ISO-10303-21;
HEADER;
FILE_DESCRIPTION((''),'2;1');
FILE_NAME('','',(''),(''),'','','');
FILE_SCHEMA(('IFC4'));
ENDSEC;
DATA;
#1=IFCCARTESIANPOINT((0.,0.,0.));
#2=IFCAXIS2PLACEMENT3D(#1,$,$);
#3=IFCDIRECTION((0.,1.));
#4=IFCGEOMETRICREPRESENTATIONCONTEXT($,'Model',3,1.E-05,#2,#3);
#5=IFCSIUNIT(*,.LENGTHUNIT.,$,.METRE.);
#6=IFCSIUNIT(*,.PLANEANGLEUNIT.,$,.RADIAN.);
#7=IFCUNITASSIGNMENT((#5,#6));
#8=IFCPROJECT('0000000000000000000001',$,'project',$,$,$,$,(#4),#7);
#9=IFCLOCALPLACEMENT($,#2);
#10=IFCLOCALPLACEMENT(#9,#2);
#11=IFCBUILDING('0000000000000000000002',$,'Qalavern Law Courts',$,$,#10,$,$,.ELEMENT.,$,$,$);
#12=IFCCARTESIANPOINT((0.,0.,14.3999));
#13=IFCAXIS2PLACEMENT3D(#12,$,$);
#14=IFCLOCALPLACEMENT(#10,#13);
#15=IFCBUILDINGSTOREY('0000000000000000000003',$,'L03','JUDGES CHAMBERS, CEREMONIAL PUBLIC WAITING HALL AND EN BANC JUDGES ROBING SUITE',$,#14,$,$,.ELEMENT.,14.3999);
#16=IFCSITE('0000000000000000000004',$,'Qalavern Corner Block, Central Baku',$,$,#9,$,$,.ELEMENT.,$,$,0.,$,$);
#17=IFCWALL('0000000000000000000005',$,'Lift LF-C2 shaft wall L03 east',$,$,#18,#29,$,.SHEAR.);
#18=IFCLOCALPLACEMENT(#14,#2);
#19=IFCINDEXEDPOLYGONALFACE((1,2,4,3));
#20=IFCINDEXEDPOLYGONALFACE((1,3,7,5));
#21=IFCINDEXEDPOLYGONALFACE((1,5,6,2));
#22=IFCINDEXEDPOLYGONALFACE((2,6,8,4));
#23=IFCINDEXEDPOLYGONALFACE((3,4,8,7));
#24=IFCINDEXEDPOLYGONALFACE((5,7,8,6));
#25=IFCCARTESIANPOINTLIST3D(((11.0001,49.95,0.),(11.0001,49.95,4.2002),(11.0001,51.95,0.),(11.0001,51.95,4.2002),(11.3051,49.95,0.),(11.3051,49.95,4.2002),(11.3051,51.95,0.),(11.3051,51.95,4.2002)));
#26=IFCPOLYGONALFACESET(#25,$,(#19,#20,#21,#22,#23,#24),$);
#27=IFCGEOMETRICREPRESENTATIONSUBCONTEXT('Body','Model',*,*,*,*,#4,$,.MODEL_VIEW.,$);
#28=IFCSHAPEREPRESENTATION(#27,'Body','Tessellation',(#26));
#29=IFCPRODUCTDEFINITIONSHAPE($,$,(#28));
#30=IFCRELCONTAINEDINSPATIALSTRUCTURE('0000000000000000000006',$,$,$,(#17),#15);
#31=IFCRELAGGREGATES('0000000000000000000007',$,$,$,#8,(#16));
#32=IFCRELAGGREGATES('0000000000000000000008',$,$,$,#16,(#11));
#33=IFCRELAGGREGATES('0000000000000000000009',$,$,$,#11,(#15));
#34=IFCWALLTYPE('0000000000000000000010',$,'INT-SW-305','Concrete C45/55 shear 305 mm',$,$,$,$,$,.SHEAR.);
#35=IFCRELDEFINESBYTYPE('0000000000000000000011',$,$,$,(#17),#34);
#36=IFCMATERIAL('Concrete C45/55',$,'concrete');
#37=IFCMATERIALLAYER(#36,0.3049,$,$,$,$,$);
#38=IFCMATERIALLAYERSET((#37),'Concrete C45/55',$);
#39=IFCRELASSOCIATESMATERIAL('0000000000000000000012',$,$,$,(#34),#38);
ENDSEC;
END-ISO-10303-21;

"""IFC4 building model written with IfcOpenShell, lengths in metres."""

from ifc_helpers import new_model, si_unit, direction, frame, frame_2d, origin, place, context, subcontext, project, spatial, rectangle, extrude, material, layer, layer_set, type_object, element, save


model = new_model("IFC4")

# Units and contexts
model_context = context("Model", 3, precision=1e-05, world=origin(), true_north=direction((0.0, 1.0)))
body_context = subcontext(model_context, "Body", "Model", "MODEL_VIEW")
ifc_project = project(units=[si_unit("LENGTHUNIT", "METRE"), si_unit("PLANEANGLEUNIT", "RADIAN")], contexts=[model_context])

# Site, building, storey
site_placement = place(None, origin())
site = spatial("IfcSite", under=ifc_project, at=site_placement, Name="Qalavern Corner Block, Central Baku", CompositionType="ELEMENT", RefElevation=0.0)
building_placement = place(site_placement, origin())
building = spatial("IfcBuilding", under=site, at=building_placement, Name="Qalavern Law Courts", CompositionType="ELEMENT")
storey_placement = place(building_placement, frame((0.0, 0.0, 14.3999)))
storey = spatial("IfcBuildingStorey", under=building, at=storey_placement, Name="L03", Description="JUDGES CHAMBERS, CEREMONIAL PUBLIC WAITING HALL AND EN BANC JUDGES ROBING SUITE", CompositionType="ELEMENT", Elevation=14.3999)

# Shared definitions
ifc_material_1 = material(Name="Concrete C45/55", Category="concrete")

# Shared definitions
ifc_layer_1 = layer(ifc_material_1, 0.3049)
ifc_layer_set_1 = layer_set([ifc_layer_1], Name="Concrete C45/55")
wall_type_1 = type_object("IfcWallType", Name="INT-SW-305", Description="Concrete C45/55 shear 305 mm", PredefinedType="SHEAR", material=ifc_layer_set_1)

# Wall
wall_1_placement = place(storey_placement, frame((11.1526, 49.95, 0.0), z_axis=(0.0, 0.0, 1.0), x_axis=(0.0, 1.0, 0.0)))
element("IfcWall", 1, at=wall_1_placement, inside=storey, type_object=wall_type_1, Name="Lift LF-C2 shaft wall L03 east", PredefinedType="SHEAR", context=body_context, shape_type="SweptSolid", body=[
    extrude(rectangle(XDim=2.0, YDim=0.3049, at=frame_2d((1.0, 0.0))), origin(), (0.0, 0.0, 1.0), 4.2002),
])

save(model, "model.ifc")
